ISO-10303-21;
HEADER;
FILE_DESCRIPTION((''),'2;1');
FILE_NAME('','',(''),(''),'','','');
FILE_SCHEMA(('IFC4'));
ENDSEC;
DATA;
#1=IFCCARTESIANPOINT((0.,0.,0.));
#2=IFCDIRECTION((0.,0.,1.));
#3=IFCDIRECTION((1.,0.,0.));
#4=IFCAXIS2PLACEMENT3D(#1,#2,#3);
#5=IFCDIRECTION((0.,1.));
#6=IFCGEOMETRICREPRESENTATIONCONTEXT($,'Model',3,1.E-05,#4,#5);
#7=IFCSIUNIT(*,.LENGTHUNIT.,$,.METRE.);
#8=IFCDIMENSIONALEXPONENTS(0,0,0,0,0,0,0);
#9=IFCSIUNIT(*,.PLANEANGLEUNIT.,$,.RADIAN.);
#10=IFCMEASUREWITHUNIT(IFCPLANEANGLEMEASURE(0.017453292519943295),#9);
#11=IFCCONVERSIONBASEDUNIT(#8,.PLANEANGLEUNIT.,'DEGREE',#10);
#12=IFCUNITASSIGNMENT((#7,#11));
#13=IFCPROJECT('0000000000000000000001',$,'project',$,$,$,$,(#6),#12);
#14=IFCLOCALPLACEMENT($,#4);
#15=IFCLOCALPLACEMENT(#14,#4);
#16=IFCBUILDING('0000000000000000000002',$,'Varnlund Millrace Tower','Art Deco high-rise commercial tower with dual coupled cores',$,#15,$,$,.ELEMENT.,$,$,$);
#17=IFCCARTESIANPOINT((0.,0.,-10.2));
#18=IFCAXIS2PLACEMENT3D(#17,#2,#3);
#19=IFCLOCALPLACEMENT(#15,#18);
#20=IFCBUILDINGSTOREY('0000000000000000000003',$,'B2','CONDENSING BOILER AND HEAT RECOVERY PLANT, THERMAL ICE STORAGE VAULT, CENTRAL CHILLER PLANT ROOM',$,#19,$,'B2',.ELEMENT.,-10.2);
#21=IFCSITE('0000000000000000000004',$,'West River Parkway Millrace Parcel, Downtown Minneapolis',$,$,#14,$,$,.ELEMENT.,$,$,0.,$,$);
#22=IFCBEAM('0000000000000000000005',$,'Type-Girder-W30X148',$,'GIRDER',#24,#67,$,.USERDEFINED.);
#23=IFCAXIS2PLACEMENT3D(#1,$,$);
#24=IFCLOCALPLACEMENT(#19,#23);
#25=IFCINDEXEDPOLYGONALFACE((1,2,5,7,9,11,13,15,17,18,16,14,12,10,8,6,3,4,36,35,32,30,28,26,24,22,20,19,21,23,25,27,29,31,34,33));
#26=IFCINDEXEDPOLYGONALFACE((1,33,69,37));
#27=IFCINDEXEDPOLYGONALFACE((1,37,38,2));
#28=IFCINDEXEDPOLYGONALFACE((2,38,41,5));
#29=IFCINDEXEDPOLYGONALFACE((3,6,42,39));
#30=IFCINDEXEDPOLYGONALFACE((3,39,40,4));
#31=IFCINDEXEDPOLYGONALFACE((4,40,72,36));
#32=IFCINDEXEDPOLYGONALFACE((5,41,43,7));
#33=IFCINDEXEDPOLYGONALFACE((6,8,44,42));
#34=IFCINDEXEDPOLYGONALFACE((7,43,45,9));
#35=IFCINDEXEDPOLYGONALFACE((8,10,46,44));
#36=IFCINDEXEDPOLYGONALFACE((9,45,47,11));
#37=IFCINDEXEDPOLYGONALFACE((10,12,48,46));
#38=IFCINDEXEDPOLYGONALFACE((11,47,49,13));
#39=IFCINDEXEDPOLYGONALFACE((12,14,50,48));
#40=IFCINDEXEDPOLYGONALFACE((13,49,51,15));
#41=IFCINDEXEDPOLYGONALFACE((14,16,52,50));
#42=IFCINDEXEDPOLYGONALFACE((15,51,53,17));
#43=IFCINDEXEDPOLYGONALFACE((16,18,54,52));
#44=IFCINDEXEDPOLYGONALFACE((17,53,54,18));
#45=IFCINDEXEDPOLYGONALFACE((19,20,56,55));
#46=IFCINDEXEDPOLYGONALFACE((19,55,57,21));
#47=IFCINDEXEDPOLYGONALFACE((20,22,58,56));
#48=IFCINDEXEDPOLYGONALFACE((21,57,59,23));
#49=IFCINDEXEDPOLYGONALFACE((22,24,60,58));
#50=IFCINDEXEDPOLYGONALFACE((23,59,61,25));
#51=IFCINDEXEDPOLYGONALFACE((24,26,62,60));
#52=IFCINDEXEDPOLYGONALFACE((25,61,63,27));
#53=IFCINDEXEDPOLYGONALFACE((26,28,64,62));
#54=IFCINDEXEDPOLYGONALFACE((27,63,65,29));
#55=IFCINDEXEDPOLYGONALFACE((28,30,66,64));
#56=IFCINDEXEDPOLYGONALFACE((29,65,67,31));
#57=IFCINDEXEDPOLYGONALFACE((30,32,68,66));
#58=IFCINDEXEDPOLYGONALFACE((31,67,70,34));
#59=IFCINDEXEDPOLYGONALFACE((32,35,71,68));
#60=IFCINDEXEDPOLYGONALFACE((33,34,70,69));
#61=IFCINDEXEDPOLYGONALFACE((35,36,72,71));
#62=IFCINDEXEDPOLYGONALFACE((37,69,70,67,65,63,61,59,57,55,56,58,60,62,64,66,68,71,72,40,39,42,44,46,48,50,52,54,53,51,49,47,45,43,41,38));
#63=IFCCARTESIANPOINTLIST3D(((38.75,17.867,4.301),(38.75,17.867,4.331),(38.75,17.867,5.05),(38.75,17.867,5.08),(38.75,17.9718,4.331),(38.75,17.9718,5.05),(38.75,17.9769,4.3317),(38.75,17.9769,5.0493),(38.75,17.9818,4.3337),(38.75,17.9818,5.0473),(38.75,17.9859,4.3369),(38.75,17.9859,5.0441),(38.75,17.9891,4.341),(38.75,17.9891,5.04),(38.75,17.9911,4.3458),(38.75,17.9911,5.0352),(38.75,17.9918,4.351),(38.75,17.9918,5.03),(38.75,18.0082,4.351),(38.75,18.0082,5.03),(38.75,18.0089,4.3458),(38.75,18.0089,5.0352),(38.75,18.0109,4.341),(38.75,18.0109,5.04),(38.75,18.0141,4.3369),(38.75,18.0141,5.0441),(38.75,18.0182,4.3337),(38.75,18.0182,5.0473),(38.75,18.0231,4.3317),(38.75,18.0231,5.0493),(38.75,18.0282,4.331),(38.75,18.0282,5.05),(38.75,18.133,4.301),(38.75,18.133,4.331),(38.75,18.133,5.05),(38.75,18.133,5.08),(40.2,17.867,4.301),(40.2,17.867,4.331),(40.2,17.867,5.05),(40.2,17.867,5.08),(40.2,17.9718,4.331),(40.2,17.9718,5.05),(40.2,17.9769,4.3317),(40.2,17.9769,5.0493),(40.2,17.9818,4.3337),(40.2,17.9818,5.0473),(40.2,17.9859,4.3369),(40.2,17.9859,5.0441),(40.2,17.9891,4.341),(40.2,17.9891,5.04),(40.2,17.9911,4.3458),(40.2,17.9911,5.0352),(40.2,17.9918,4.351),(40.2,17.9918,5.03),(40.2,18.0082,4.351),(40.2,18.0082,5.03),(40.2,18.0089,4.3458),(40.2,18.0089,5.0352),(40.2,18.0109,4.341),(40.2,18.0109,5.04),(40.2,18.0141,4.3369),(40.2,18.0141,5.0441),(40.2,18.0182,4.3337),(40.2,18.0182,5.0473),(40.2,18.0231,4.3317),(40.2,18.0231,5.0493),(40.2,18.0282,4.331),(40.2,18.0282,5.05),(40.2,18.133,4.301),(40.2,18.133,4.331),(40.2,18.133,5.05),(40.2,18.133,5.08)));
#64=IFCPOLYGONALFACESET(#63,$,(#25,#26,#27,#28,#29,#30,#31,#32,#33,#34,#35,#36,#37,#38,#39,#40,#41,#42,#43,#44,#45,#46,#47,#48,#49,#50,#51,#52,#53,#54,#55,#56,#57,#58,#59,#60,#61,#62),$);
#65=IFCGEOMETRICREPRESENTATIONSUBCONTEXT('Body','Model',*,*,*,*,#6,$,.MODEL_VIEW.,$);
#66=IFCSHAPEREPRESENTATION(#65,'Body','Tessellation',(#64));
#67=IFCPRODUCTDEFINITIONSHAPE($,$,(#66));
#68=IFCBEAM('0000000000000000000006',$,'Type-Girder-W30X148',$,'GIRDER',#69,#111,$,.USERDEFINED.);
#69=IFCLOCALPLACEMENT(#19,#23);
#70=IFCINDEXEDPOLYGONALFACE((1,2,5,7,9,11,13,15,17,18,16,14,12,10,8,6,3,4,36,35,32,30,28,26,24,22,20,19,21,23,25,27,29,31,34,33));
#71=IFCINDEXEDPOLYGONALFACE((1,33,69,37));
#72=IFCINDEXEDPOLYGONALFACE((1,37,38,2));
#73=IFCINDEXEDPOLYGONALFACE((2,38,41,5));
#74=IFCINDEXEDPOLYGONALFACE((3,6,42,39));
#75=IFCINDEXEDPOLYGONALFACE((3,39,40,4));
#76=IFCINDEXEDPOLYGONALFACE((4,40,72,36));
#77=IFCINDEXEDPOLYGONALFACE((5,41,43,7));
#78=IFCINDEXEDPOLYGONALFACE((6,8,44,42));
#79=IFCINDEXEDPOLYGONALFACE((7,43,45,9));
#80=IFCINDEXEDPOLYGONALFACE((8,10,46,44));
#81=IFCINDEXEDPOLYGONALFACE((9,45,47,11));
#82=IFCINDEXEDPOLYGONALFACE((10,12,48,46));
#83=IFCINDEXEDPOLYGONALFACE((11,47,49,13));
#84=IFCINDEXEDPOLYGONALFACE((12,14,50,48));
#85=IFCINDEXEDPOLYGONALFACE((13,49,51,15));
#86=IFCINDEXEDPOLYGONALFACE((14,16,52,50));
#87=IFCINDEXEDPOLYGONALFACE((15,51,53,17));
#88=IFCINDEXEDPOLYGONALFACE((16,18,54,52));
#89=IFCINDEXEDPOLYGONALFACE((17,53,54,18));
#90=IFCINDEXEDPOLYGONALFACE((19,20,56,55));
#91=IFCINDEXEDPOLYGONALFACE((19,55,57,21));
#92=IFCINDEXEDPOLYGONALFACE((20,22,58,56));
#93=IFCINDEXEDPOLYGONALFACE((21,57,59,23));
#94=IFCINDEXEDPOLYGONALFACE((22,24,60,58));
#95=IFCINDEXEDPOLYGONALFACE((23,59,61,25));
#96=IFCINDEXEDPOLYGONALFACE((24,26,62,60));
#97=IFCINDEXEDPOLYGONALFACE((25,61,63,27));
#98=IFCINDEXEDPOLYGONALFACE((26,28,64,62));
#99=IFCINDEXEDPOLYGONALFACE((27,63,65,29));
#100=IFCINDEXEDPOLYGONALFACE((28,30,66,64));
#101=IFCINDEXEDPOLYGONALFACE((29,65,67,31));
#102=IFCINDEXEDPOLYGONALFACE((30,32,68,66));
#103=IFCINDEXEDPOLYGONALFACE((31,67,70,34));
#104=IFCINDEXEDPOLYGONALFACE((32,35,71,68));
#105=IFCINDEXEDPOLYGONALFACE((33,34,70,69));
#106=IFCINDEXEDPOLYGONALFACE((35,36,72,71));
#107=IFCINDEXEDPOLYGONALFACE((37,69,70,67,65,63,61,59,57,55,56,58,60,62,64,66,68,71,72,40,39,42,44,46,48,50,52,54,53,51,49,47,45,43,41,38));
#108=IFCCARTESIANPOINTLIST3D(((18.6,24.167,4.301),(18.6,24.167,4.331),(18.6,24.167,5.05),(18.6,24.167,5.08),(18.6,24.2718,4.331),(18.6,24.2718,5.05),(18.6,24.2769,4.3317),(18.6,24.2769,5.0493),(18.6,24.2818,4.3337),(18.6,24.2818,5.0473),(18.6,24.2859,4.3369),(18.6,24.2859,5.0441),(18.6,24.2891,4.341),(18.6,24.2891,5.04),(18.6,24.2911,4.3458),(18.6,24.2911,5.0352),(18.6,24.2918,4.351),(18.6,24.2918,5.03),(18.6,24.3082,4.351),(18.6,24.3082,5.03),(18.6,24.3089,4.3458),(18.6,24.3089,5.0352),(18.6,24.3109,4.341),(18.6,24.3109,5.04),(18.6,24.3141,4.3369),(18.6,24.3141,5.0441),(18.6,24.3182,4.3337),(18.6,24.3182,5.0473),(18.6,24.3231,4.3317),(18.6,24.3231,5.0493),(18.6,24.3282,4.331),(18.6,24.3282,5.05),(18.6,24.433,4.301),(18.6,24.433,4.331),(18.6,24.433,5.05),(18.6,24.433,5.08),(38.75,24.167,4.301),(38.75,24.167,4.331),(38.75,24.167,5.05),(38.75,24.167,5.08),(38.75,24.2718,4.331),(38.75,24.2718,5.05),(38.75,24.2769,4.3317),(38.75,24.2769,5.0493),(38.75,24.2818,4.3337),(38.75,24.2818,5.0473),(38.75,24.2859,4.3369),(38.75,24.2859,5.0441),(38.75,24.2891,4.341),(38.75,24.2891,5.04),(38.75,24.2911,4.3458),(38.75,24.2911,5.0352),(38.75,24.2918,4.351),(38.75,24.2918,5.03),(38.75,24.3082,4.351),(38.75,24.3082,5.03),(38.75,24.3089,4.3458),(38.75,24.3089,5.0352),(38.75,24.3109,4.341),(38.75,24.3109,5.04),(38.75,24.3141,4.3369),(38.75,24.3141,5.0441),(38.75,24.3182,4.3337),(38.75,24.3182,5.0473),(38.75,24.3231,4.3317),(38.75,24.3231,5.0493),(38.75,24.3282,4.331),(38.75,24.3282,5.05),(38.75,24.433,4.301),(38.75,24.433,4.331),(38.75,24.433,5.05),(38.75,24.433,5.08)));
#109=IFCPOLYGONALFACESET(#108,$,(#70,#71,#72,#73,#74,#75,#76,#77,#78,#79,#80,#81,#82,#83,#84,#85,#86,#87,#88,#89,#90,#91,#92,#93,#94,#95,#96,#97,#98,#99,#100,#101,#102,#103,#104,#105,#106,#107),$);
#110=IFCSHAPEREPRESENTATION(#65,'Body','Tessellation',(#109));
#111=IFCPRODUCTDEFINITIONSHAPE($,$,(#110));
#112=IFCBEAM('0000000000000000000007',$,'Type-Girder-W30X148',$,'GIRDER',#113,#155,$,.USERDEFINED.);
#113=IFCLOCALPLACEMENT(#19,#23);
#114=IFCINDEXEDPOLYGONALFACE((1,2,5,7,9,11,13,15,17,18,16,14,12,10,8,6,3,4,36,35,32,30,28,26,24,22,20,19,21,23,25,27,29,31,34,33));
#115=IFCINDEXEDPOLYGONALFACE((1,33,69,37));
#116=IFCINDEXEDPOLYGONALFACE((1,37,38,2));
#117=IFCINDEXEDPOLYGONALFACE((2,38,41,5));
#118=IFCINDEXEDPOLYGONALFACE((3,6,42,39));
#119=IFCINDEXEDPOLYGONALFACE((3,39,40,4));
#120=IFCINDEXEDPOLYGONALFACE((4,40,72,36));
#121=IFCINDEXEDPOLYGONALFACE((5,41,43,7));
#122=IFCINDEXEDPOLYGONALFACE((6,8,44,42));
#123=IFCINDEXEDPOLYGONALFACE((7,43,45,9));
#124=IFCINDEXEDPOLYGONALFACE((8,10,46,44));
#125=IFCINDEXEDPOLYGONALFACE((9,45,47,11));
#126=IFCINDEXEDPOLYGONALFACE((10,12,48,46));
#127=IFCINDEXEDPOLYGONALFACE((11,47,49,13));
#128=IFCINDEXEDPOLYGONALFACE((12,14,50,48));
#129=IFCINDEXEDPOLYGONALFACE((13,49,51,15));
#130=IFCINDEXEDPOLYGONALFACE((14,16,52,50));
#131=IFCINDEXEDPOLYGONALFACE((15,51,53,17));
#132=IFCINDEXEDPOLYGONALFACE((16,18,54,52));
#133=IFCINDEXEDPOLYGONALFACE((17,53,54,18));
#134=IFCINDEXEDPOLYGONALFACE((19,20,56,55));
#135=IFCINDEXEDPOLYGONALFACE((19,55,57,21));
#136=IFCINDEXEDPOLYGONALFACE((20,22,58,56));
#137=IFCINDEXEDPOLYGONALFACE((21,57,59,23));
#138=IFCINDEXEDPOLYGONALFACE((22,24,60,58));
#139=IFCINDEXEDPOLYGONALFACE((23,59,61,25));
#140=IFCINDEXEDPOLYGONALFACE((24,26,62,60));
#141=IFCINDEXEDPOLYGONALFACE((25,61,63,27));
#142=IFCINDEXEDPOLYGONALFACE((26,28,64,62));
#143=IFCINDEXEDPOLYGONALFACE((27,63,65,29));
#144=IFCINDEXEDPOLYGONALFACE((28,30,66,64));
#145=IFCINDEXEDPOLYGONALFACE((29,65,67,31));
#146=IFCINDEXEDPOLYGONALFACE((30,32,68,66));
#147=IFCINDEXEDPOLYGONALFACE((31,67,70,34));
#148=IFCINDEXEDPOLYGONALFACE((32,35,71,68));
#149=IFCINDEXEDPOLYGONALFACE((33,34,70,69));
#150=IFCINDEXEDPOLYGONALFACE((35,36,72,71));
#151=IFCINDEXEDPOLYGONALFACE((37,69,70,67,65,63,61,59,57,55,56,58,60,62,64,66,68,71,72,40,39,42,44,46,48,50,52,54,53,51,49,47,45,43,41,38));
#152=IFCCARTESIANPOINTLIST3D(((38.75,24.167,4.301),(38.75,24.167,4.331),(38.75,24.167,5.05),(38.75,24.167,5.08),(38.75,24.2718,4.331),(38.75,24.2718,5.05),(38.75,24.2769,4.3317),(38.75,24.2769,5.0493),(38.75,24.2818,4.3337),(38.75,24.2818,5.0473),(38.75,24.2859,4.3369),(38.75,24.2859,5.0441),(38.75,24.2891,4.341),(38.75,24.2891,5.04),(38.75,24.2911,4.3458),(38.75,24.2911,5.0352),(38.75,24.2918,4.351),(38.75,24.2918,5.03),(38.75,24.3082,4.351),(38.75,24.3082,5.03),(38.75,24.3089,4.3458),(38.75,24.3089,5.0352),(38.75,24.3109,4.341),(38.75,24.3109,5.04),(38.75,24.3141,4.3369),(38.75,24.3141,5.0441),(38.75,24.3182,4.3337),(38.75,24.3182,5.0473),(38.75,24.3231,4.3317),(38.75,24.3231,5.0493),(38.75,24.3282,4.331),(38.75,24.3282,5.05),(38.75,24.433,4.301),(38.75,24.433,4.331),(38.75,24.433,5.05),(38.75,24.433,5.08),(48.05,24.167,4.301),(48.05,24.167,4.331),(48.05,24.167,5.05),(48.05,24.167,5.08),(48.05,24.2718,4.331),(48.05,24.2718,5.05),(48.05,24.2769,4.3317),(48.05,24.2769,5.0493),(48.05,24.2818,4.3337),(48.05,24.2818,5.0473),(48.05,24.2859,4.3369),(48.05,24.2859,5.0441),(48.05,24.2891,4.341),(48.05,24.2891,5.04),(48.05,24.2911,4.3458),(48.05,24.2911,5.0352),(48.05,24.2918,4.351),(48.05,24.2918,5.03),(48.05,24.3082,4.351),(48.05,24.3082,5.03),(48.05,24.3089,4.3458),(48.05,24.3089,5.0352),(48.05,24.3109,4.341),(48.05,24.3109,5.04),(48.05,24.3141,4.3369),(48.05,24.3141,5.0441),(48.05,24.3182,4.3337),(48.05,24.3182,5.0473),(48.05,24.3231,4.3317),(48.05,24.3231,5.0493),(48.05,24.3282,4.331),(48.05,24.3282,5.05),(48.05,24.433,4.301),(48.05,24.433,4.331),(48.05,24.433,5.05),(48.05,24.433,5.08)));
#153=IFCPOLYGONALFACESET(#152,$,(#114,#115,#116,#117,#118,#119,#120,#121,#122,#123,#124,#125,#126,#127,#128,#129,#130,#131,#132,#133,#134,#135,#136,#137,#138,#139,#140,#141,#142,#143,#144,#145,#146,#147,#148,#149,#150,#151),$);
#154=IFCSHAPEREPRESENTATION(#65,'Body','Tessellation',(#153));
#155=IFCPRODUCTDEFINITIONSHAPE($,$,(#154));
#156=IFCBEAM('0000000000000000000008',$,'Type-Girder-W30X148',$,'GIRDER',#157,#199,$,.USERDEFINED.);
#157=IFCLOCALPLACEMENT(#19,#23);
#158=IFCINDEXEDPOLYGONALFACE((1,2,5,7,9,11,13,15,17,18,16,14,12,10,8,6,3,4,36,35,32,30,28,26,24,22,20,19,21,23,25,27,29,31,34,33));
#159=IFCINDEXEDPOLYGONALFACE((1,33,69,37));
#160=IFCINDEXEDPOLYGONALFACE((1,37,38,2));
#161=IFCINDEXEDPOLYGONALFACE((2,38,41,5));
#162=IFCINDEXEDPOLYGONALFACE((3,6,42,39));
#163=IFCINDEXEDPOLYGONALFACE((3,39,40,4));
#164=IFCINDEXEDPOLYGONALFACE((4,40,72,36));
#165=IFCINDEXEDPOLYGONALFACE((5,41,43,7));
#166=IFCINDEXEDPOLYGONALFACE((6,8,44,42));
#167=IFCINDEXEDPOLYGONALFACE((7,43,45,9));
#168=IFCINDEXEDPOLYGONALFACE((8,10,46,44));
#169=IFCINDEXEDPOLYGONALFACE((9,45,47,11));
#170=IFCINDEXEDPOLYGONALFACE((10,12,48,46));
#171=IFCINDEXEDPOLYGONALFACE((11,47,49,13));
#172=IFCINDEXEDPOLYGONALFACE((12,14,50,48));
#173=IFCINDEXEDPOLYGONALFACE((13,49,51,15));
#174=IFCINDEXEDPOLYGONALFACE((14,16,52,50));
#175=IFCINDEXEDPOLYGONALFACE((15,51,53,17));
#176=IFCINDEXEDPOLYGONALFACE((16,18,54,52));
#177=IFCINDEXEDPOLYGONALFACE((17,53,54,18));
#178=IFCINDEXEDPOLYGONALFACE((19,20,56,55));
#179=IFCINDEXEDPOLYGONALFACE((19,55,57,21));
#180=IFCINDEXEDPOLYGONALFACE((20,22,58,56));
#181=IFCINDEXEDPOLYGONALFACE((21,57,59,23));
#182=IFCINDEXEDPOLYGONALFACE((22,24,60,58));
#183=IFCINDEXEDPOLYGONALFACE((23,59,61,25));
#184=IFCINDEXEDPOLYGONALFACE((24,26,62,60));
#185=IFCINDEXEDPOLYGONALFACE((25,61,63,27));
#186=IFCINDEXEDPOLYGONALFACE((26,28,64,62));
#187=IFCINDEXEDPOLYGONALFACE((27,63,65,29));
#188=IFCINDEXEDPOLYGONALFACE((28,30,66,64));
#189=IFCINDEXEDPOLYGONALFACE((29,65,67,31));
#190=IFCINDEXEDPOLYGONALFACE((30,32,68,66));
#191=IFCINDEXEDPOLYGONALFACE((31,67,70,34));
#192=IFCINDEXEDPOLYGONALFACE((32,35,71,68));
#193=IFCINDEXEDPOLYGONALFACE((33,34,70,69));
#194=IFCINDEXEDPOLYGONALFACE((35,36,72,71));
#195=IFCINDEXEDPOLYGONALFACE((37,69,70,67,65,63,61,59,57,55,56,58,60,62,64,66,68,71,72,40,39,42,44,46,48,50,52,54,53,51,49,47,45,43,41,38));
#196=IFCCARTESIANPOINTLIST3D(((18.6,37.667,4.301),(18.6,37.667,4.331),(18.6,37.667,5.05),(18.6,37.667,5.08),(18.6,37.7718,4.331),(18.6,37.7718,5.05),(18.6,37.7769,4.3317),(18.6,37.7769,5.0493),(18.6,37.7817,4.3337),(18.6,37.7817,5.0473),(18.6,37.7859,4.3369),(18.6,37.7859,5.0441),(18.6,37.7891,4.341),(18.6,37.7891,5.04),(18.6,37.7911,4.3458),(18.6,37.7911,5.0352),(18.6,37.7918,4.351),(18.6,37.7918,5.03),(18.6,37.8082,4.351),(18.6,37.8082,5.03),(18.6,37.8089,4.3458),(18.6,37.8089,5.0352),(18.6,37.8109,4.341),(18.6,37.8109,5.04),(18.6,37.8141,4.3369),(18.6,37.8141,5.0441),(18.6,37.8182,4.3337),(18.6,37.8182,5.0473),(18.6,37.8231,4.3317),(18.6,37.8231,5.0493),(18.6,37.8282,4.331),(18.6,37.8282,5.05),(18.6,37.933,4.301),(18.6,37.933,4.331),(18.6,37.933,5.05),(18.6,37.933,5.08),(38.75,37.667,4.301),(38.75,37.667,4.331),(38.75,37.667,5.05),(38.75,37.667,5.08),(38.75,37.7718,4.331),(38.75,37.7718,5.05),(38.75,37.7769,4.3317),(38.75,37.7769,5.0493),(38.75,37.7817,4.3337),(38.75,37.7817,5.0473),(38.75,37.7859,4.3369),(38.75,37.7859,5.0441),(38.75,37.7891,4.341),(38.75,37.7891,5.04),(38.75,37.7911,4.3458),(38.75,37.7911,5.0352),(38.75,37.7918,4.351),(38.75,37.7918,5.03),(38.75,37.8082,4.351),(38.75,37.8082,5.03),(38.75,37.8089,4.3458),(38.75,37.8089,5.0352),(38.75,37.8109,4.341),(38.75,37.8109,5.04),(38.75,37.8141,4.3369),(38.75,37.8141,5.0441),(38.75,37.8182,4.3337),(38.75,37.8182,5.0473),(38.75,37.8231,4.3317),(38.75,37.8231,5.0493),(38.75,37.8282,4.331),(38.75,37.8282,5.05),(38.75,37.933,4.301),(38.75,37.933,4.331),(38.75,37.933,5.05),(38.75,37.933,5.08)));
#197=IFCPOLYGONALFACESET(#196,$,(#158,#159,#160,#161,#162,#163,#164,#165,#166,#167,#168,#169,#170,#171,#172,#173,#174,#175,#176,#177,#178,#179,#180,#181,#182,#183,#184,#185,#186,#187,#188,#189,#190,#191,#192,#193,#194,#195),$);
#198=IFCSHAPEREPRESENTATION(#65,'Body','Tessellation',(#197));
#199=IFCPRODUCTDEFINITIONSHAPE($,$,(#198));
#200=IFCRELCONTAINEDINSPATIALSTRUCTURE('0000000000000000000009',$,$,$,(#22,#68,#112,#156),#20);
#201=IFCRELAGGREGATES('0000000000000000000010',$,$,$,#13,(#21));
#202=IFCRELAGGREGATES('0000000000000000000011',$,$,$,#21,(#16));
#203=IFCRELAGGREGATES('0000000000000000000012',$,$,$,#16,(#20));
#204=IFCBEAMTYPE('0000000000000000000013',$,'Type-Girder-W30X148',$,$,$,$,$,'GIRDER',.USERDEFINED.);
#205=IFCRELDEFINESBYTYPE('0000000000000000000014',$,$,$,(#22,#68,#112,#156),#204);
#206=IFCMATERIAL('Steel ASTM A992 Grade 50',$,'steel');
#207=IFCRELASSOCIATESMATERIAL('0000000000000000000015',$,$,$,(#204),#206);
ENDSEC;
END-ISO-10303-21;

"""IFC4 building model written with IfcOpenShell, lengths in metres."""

from ifc_helpers import new_model, entity, si_unit, converted_unit, direction, frame, origin_with_axes, origin_2d_with_axis, place, context, subcontext, project, spatial, i_section, extrude, material, material_profile, profile_set, type_object, element, save


model = new_model("IFC4")

# Units and contexts
model_context = context("Model", 3, precision=1e-05, world=origin_with_axes(), true_north=direction((0.0, 1.0)))
body_context = subcontext(model_context, "Body", "Model", "MODEL_VIEW")
ifc_project = project(units=[si_unit("LENGTHUNIT", "METRE"), converted_unit("PLANEANGLEUNIT", "DEGREE", entity("IfcPlaneAngleMeasure", 0.017453292519943295), si_unit("PLANEANGLEUNIT", "RADIAN"), dimensions=[0, 0, 0, 0, 0, 0, 0])], contexts=[model_context])

# Site, building, storey
site_placement = place(None, origin_with_axes())
site = spatial("IfcSite", under=ifc_project, at=site_placement, Name="West River Parkway Millrace Parcel, Downtown Minneapolis", CompositionType="ELEMENT", RefElevation=0.0)
building_placement = place(site_placement, origin_with_axes())
building = spatial("IfcBuilding", under=site, at=building_placement, Name="Varnlund Millrace Tower", Description="Art Deco high-rise commercial tower with dual coupled cores", CompositionType="ELEMENT")
storey_placement = place(building_placement, frame((0.0, 0.0, -10.2), z_axis=(0.0, 0.0, 1.0), x_axis=(1.0, 0.0, 0.0)))
storey = spatial("IfcBuildingStorey", under=building, at=storey_placement, Name="B2", Description="CONDENSING BOILER AND HEAT RECOVERY PLANT, THERMAL ICE STORAGE VAULT, CENTRAL CHILLER PLANT ROOM", LongName="B2", CompositionType="ELEMENT", Elevation=-10.2)

# Beams
ifc_material_1 = material(Name="Steel ASTM A992 Grade 50", Category="steel")
ifc_material_profile_1 = material_profile(ifc_material_1, i_section(OverallWidth=0.266, OverallDepth=0.779, WebThickness=0.0165, FlangeThickness=0.03, FilletRadius=0.02, at=origin_2d_with_axis()), Name="Steel ASTM A992 Grade 50")
ifc_profile_set_1 = profile_set([ifc_material_profile_1], Name="Steel ASTM A992 Grade 50")
beam_type_1 = type_object("IfcBeamType", Name="Type-Girder-W30X148", ElementType="GIRDER", PredefinedType="USERDEFINED", material=ifc_profile_set_1)
beam_1_placement = place(storey_placement, frame((38.75, 18.0, 4.6905), z_axis=(1.0, 0.0, 0.0), x_axis=(0.0, 1.0, 0.0)))
element("IfcBeam", 1, at=beam_1_placement, inside=storey, type_object=beam_type_1, Name="Type-Girder-W30X148", ObjectType="GIRDER", PredefinedType="USERDEFINED", context=body_context, shape_type="SweptSolid", body=[
    extrude(i_section(OverallWidth=0.266, OverallDepth=0.779, WebThickness=0.0165, FlangeThickness=0.03, FilletRadius=0.02, at=origin_2d_with_axis()), origin_with_axes(), (0.0, 0.0, 1.0), 1.45),
])
beam_2_placement = place(storey_placement, frame((18.6, 24.3, 4.6905), z_axis=(1.0, 0.0, 0.0), x_axis=(0.0, 1.0, 0.0)))
element("IfcBeam", 2, at=beam_2_placement, inside=storey, type_object=beam_type_1, Name="Type-Girder-W30X148", ObjectType="GIRDER", PredefinedType="USERDEFINED", context=body_context, shape_type="SweptSolid", body=[
    extrude(i_section(OverallWidth=0.266, OverallDepth=0.779, WebThickness=0.0165, FlangeThickness=0.03, FilletRadius=0.02, at=origin_2d_with_axis()), origin_with_axes(), (0.0, 0.0, 1.0), 20.15),
])
beam_3_placement = place(storey_placement, frame((38.75, 24.3, 4.6905), z_axis=(1.0, 0.0, 0.0), x_axis=(0.0, 1.0, 0.0)))
element("IfcBeam", 3, at=beam_3_placement, inside=storey, type_object=beam_type_1, Name="Type-Girder-W30X148", ObjectType="GIRDER", PredefinedType="USERDEFINED", context=body_context, shape_type="SweptSolid", body=[
    extrude(i_section(OverallWidth=0.266, OverallDepth=0.779, WebThickness=0.0165, FlangeThickness=0.03, FilletRadius=0.02, at=origin_2d_with_axis()), origin_with_axes(), (0.0, 0.0, 1.0), 9.3),
])
beam_4_placement = place(storey_placement, frame((18.6, 37.8, 4.6905), z_axis=(1.0, 0.0, 0.0), x_axis=(0.0, 1.0, 0.0)))
element("IfcBeam", 4, at=beam_4_placement, inside=storey, type_object=beam_type_1, Name="Type-Girder-W30X148", ObjectType="GIRDER", PredefinedType="USERDEFINED", context=body_context, shape_type="SweptSolid", body=[
    extrude(i_section(OverallWidth=0.266, OverallDepth=0.779, WebThickness=0.0165, FlangeThickness=0.03, FilletRadius=0.02, at=origin_2d_with_axis()), origin_with_axes(), (0.0, 0.0, 1.0), 20.15),
])

save(model, "model.ifc")
